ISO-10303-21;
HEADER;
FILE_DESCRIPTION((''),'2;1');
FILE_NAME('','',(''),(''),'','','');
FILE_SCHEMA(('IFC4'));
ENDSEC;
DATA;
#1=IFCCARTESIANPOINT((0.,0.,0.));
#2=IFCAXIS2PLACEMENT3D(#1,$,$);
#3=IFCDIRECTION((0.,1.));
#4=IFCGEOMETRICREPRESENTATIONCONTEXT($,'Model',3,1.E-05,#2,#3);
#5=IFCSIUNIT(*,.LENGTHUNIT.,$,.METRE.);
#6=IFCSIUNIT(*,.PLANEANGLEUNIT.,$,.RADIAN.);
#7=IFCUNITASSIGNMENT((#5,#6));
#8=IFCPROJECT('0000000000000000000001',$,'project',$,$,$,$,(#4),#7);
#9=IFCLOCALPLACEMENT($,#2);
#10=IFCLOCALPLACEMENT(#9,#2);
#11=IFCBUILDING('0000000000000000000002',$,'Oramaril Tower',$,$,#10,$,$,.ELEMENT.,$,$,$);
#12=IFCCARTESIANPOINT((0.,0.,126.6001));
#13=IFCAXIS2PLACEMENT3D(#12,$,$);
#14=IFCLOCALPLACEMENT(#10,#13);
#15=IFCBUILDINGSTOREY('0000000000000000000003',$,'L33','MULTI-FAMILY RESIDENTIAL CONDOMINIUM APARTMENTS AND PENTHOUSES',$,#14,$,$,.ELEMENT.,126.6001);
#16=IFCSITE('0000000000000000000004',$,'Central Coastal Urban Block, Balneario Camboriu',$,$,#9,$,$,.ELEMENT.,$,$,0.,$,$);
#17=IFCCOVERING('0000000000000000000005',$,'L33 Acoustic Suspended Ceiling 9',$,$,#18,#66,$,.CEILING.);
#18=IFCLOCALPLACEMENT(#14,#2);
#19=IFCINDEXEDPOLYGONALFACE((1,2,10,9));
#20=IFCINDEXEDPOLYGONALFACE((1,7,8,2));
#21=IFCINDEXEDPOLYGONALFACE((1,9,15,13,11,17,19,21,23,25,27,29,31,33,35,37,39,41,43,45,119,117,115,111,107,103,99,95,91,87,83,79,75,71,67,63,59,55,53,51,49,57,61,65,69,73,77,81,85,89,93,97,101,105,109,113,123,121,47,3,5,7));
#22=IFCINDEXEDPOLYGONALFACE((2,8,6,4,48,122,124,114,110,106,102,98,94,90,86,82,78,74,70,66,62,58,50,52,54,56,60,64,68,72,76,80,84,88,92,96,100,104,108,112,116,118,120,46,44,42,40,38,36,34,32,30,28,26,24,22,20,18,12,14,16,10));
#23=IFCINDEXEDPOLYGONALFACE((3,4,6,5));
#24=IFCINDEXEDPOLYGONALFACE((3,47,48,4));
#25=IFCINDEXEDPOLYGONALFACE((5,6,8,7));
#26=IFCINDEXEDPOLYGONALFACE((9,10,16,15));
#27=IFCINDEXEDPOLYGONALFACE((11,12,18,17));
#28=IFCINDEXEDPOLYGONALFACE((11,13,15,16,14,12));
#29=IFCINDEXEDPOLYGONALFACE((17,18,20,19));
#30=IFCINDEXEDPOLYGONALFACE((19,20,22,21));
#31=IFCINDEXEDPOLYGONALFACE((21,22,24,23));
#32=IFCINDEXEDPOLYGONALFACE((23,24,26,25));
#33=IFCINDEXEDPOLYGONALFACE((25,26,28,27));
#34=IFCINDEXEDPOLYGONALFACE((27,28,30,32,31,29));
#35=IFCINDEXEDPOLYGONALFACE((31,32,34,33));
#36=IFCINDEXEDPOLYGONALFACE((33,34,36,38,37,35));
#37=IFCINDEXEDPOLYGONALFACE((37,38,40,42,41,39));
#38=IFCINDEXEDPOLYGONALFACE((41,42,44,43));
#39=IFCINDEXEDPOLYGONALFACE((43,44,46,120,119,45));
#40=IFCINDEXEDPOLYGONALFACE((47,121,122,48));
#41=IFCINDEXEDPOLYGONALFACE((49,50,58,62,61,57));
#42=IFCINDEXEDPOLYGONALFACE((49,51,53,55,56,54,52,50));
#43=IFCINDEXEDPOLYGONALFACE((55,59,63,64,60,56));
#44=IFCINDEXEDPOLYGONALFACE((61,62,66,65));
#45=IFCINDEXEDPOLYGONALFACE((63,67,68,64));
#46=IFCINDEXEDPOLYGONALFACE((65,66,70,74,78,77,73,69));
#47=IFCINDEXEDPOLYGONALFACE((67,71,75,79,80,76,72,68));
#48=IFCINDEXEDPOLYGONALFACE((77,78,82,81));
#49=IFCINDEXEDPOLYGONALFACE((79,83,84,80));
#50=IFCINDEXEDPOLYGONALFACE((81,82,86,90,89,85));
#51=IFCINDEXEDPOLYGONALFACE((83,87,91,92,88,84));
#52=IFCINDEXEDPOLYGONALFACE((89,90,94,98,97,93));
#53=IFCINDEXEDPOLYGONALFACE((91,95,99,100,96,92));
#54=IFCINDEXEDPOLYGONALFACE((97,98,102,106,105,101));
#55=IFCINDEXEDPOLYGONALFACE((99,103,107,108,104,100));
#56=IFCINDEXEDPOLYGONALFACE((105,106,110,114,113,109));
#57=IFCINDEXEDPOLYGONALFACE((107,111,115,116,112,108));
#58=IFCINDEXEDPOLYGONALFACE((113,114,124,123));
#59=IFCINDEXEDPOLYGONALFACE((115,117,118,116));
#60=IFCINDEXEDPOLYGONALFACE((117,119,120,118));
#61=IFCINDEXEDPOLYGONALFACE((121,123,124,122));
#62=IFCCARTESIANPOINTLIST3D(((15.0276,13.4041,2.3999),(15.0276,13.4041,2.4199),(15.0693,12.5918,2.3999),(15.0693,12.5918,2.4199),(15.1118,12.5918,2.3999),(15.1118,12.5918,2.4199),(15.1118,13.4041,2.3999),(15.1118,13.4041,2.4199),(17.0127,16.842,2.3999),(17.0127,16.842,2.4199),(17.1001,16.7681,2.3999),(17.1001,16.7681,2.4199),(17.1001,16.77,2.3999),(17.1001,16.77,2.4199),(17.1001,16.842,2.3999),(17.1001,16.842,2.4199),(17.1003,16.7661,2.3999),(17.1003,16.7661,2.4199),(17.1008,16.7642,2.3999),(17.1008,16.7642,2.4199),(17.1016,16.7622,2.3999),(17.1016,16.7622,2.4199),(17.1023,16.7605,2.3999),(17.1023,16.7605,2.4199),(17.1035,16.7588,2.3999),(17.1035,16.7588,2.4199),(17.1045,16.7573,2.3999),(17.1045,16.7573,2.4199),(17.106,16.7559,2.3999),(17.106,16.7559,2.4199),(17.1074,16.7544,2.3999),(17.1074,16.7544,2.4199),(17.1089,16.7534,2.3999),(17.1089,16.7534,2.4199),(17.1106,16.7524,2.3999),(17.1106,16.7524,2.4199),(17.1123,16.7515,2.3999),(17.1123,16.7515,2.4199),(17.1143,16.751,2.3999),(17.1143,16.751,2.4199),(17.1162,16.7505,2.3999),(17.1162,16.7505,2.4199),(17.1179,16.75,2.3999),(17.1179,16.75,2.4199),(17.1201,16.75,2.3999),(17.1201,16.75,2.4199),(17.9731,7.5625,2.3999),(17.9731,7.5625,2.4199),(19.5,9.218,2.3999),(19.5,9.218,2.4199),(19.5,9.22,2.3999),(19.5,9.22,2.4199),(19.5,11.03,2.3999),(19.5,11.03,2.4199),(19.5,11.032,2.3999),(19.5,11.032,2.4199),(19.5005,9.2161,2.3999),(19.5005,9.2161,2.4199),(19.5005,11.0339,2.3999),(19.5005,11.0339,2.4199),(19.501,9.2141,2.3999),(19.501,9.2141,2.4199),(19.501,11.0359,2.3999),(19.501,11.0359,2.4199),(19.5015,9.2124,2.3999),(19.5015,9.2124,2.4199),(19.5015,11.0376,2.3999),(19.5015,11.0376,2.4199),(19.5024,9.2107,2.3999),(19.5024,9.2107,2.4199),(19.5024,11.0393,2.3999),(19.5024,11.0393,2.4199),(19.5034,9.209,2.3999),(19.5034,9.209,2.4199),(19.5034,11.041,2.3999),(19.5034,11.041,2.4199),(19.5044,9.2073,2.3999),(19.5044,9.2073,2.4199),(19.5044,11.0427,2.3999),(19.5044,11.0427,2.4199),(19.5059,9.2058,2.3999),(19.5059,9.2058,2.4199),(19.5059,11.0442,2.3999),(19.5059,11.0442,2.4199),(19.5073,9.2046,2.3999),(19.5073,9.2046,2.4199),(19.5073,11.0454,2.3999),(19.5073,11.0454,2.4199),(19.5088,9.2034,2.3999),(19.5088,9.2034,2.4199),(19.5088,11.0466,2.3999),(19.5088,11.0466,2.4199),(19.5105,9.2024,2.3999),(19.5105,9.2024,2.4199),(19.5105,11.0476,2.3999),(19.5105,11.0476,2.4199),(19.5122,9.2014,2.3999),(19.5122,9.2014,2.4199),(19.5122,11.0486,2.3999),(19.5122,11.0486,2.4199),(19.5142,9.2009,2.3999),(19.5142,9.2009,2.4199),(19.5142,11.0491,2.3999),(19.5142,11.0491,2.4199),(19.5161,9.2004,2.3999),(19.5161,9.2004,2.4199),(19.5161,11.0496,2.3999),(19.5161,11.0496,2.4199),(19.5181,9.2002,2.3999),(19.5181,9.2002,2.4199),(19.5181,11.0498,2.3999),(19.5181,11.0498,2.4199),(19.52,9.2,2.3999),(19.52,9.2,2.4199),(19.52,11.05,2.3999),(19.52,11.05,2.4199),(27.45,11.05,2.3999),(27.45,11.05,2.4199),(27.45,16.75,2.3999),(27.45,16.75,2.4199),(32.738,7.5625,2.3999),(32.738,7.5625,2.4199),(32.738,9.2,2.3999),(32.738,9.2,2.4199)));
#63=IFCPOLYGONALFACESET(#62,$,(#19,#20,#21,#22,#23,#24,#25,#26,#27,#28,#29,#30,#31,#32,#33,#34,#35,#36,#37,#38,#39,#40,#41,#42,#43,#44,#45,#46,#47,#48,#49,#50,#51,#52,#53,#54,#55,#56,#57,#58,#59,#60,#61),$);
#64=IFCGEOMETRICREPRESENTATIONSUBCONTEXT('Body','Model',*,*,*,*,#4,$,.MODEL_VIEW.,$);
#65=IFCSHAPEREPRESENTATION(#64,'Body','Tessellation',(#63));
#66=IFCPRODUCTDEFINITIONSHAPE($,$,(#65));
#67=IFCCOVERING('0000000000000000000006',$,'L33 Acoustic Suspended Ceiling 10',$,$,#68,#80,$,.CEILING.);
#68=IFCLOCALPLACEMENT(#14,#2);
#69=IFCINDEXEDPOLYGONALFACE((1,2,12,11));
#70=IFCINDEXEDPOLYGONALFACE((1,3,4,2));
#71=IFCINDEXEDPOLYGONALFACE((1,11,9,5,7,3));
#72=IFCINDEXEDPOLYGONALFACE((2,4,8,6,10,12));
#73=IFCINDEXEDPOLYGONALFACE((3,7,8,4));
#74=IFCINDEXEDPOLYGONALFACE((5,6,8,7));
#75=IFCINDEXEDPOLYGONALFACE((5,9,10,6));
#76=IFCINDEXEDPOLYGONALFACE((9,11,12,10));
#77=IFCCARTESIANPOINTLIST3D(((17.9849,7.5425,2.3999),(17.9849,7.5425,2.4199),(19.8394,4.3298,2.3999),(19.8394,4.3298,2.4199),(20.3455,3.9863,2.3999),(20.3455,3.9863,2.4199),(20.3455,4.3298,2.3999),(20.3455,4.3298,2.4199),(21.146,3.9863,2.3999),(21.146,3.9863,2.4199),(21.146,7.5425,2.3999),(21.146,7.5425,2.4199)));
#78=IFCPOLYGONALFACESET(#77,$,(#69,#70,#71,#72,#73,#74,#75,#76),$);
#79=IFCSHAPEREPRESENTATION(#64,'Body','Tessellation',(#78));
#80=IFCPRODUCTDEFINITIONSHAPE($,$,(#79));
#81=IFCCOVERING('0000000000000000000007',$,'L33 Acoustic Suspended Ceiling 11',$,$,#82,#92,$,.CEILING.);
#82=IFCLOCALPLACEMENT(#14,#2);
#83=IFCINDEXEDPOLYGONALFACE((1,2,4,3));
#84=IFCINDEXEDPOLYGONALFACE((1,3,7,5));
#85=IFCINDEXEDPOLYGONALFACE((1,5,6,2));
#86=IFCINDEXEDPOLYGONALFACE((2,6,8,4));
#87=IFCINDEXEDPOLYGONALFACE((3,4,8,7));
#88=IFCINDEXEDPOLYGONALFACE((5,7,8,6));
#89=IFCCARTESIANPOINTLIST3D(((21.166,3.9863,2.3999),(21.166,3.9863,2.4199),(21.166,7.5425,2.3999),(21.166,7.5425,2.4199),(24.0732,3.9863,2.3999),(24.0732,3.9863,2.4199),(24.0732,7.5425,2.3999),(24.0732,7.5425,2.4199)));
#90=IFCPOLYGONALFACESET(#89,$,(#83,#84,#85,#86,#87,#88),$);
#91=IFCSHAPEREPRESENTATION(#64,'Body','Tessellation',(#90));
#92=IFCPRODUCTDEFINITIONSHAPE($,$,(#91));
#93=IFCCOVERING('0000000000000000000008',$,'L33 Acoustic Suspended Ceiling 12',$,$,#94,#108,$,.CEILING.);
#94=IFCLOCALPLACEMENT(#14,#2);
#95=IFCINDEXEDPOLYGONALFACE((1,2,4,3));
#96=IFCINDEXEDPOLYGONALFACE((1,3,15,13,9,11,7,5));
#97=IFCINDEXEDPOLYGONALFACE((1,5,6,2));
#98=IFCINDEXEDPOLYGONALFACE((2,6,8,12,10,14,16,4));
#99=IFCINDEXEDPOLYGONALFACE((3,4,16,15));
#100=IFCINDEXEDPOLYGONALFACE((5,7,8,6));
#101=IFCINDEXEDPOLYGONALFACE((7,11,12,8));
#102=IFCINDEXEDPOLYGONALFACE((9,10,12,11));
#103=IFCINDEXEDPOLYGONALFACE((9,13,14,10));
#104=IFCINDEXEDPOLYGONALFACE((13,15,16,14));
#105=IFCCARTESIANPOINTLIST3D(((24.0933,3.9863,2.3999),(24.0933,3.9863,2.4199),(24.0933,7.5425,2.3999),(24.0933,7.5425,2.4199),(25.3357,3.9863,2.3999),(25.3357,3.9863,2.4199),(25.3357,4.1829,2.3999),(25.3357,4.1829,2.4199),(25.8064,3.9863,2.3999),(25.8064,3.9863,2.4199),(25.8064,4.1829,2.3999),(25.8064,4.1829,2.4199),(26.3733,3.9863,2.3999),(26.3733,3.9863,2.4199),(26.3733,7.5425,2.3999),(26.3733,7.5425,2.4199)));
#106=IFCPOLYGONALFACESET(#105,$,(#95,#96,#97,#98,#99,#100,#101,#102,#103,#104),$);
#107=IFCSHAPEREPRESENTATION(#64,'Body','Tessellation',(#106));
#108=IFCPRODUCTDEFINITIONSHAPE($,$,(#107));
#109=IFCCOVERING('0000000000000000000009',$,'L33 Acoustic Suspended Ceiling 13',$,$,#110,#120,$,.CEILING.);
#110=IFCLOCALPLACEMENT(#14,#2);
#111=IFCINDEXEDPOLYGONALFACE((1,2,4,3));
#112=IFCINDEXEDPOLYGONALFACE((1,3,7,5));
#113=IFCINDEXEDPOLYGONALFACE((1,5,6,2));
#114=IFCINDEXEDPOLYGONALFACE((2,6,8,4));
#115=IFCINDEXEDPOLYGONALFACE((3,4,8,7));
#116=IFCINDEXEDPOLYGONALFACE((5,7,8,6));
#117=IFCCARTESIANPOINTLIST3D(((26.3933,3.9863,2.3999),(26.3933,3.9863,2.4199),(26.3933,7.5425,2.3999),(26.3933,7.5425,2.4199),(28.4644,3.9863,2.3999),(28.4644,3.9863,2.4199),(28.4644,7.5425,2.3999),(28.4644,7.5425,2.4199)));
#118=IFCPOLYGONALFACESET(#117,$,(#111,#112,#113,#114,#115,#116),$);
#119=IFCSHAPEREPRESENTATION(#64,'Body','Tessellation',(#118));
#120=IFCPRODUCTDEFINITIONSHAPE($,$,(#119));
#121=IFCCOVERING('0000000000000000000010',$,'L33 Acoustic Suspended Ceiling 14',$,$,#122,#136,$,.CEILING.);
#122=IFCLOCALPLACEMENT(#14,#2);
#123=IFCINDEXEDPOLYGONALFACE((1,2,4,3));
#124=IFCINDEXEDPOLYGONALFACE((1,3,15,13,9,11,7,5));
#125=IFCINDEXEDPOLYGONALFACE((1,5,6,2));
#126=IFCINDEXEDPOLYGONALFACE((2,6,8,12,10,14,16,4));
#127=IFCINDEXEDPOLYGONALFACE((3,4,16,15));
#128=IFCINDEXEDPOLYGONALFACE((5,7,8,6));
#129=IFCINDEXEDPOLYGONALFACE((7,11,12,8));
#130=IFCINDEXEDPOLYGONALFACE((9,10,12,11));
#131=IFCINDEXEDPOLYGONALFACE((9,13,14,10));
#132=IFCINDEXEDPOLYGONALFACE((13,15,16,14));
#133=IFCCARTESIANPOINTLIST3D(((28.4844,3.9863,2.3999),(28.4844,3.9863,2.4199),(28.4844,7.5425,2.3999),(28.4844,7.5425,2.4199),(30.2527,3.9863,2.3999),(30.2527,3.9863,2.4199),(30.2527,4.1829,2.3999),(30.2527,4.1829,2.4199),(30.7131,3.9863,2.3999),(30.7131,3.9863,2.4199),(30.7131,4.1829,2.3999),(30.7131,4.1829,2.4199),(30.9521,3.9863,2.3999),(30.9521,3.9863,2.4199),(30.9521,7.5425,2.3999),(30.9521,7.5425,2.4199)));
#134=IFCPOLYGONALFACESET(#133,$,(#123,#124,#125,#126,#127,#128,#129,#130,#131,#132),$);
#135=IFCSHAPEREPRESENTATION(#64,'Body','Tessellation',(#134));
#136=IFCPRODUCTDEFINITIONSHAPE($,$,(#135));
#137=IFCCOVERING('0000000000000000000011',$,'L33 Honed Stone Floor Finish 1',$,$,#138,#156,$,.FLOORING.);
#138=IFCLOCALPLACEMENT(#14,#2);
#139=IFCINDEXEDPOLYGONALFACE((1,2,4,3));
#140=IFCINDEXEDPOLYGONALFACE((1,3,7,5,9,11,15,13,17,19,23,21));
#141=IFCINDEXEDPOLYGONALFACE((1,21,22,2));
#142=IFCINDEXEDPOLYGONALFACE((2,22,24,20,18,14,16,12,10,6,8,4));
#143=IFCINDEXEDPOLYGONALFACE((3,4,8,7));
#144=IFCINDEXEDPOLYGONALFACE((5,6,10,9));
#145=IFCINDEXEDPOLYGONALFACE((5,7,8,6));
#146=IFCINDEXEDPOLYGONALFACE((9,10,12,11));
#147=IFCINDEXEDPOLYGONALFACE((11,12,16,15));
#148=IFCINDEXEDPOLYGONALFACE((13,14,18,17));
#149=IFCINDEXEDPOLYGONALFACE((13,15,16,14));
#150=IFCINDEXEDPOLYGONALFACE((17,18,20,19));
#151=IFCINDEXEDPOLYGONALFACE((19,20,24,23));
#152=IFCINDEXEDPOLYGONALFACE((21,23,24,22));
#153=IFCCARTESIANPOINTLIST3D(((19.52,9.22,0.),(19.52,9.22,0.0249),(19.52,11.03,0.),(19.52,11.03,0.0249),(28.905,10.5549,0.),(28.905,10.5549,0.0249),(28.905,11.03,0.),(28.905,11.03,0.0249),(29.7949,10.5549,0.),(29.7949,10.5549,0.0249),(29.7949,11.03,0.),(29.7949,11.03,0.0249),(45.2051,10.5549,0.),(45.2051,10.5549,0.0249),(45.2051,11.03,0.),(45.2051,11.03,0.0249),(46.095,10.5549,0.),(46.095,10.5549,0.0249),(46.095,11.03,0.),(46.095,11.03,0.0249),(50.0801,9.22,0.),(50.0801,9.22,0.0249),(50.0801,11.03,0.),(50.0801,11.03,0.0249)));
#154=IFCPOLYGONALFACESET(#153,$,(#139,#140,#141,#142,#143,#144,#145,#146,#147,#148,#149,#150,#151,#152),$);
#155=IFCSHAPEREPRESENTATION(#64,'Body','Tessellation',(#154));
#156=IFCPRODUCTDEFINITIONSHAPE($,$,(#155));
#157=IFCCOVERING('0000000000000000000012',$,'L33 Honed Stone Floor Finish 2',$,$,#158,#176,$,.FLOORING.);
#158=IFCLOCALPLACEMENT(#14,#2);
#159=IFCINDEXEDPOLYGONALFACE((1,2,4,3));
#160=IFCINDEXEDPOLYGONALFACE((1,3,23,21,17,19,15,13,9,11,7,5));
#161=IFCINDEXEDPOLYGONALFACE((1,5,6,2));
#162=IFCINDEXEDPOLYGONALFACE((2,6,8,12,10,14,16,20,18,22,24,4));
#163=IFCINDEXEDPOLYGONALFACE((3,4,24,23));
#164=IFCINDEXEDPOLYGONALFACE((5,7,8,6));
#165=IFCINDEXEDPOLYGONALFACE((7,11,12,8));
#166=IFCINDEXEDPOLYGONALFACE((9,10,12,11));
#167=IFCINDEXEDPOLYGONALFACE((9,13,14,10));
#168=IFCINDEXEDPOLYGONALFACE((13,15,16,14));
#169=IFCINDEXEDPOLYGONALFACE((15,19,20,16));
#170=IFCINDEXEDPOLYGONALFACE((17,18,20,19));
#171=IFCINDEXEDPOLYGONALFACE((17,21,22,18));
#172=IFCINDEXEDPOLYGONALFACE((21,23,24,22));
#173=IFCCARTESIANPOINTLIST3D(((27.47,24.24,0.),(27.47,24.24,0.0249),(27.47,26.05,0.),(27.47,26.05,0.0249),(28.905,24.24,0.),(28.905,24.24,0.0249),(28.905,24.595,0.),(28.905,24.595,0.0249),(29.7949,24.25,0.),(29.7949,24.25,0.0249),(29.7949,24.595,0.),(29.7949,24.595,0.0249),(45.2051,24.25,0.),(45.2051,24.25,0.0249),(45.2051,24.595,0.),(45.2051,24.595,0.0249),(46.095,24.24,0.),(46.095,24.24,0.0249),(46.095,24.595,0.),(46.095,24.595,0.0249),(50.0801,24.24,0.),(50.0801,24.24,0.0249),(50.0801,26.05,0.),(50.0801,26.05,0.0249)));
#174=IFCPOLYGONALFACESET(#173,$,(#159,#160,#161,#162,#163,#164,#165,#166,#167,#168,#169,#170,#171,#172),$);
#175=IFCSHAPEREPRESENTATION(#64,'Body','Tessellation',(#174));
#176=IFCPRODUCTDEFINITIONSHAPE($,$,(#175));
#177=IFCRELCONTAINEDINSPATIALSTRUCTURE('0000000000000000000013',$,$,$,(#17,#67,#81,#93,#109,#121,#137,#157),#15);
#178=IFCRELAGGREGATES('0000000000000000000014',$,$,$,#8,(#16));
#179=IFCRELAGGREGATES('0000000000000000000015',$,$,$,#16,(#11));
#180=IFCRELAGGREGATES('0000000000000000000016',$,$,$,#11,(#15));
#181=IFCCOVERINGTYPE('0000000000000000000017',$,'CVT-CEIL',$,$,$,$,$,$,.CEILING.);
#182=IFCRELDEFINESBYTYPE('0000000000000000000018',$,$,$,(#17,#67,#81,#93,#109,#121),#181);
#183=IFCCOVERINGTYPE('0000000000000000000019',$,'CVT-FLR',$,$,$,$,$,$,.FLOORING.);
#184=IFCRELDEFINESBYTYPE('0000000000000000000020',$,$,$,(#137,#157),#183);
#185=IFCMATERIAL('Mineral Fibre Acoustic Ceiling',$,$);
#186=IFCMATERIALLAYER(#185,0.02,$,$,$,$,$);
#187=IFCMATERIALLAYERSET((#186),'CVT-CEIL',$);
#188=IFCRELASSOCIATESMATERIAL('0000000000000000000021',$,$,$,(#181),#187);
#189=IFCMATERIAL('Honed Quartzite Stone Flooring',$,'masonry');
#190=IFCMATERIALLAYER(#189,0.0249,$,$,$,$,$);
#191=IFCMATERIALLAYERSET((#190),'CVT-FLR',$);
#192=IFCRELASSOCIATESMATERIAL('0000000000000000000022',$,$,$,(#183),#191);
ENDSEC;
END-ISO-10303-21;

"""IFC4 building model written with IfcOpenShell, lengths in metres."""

from ifc_helpers import new_model, si_unit, direction, frame, origin, place, context, subcontext, project, spatial, polyline, outline, extrude, material, layer, layer_set, type_object, element, save


model = new_model("IFC4")

# Units and contexts
model_context = context("Model", 3, precision=1e-05, world=origin(), true_north=direction((0.0, 1.0)))
body_context = subcontext(model_context, "Body", "Model", "MODEL_VIEW")
ifc_project = project(units=[si_unit("LENGTHUNIT", "METRE"), si_unit("PLANEANGLEUNIT", "RADIAN")], contexts=[model_context])

# Site, building, storey
site_placement = place(None, origin())
site = spatial("IfcSite", under=ifc_project, at=site_placement, Name="Central Coastal Urban Block, Balneario Camboriu", CompositionType="ELEMENT", RefElevation=0.0)
building_placement = place(site_placement, origin())
building = spatial("IfcBuilding", under=site, at=building_placement, Name="Oramaril Tower", CompositionType="ELEMENT")
storey_placement = place(building_placement, frame((0.0, 0.0, 126.6001)))
storey = spatial("IfcBuildingStorey", under=building, at=storey_placement, Name="L33", Description="MULTI-FAMILY RESIDENTIAL CONDOMINIUM APARTMENTS AND PENTHOUSES", CompositionType="ELEMENT", Elevation=126.6001)

# Coverings
ifc_material_1 = material(Name="Mineral Fibre Acoustic Ceiling")
ifc_layer_1 = layer(ifc_material_1, 0.02)
ifc_layer_set_1 = layer_set([ifc_layer_1], Name="CVT-CEIL")
covering_type_1 = type_object("IfcCoveringType", Name="CVT-CEIL", PredefinedType="CEILING", material=ifc_layer_set_1)
covering_1_placement = place(storey_placement, frame((0.0, 0.0, 2.3999)))
element("IfcCovering", 1, at=covering_1_placement, inside=storey, type_object=covering_type_1, Name="L33 Acoustic Suspended Ceiling 9", PredefinedType="CEILING", context=body_context, shape_type="SweptSolid", body=[
    extrude(outline(polyline([(17.1001, 16.842), (17.1001, 16.77), (17.1001, 16.7681), (17.1003, 16.7661), (17.1008, 16.7642), (17.1016, 16.7622), (17.1023, 16.7605), (17.1035, 16.7588), (17.1045, 16.7573), (17.106, 16.7559), (17.1074, 16.7544), (17.1089, 16.7534), (17.1106, 16.7524), (17.1123, 16.7515), (17.1143, 16.751), (17.1162, 16.7505), (17.1179, 16.75), (17.1201, 16.75), (27.45, 16.75), (27.45, 11.05), (19.52, 11.05), (19.5181, 11.0498), (19.5161, 11.0496), (19.5142, 11.0491), (19.5122, 11.0486), (19.5105, 11.0476), (19.5088, 11.0466), (19.5073, 11.0454), (19.5059, 11.0442), (19.5044, 11.0427), (19.5034, 11.041), (19.5024, 11.0393), (19.5015, 11.0376), (19.501, 11.0359), (19.5005, 11.0339), (19.5, 11.032), (19.5, 11.03), (19.5, 9.22), (19.5, 9.218), (19.5005, 9.2161), (19.501, 9.2141), (19.5015, 9.2124), (19.5024, 9.2107), (19.5034, 9.209), (19.5044, 9.2073), (19.5059, 9.2058), (19.5073, 9.2046), (19.5088, 9.2034), (19.5105, 9.2024), (19.5122, 9.2014), (19.5142, 9.2009), (19.5161, 9.2004), (19.5181, 9.2002), (19.52, 9.2), (32.738, 9.2), (32.738, 7.5625), (17.9731, 7.5625), (15.0693, 12.5918), (15.1118, 12.5918), (15.1118, 13.4041), (15.0276, 13.4041), (17.0127, 16.842), (17.1001, 16.842)])), origin(), (0.0, 0.0, 1.0), 0.02),
])
covering_2_placement = place(storey_placement, frame((0.0, 0.0, 2.3999)))
element("IfcCovering", 2, at=covering_2_placement, inside=storey, type_object=covering_type_1, Name="L33 Acoustic Suspended Ceiling 10", PredefinedType="CEILING", context=body_context, shape_type="SweptSolid", body=[
    extrude(outline(polyline([(20.3455, 3.9863), (20.3455, 4.3298), (19.8394, 4.3298), (17.9849, 7.5425), (21.146, 7.5425), (21.146, 3.9863), (20.3455, 3.9863)])), origin(), (0.0, 0.0, 1.0), 0.02),
])
covering_3_placement = place(storey_placement, frame((0.0, 0.0, 2.3999)))
element("IfcCovering", 3, at=covering_3_placement, inside=storey, type_object=covering_type_1, Name="L33 Acoustic Suspended Ceiling 11", PredefinedType="CEILING", context=body_context, shape_type="SweptSolid", body=[
    extrude(outline(polyline([(21.166, 3.9863), (21.166, 7.5425), (24.0732, 7.5425), (24.0732, 3.9863), (21.166, 3.9863)])), origin(), (0.0, 0.0, 1.0), 0.02),
])
covering_4_placement = place(storey_placement, frame((0.0, 0.0, 2.3999)))
element("IfcCovering", 4, at=covering_4_placement, inside=storey, type_object=covering_type_1, Name="L33 Acoustic Suspended Ceiling 12", PredefinedType="CEILING", context=body_context, shape_type="SweptSolid", body=[
    extrude(outline(polyline([(25.8064, 3.9863), (25.8064, 4.1829), (25.3357, 4.1829), (25.3357, 3.9863), (24.0933, 3.9863), (24.0933, 7.5425), (26.3733, 7.5425), (26.3733, 3.9863), (25.8064, 3.9863)])), origin(), (0.0, 0.0, 1.0), 0.02),
])
covering_5_placement = place(storey_placement, frame((0.0, 0.0, 2.3999)))
element("IfcCovering", 5, at=covering_5_placement, inside=storey, type_object=covering_type_1, Name="L33 Acoustic Suspended Ceiling 13", PredefinedType="CEILING", context=body_context, shape_type="SweptSolid", body=[
    extrude(outline(polyline([(26.3933, 3.9863), (26.3933, 7.5425), (28.4644, 7.5425), (28.4644, 3.9863), (26.3933, 3.9863)])), origin(), (0.0, 0.0, 1.0), 0.02),
])
covering_6_placement = place(storey_placement, frame((0.0, 0.0, 2.3999)))
element("IfcCovering", 6, at=covering_6_placement, inside=storey, type_object=covering_type_1, Name="L33 Acoustic Suspended Ceiling 14", PredefinedType="CEILING", context=body_context, shape_type="SweptSolid", body=[
    extrude(outline(polyline([(30.7131, 3.9863), (30.7131, 4.1829), (30.2527, 4.1829), (30.2527, 3.9863), (28.4844, 3.9863), (28.4844, 7.5425), (30.9521, 7.5425), (30.9521, 3.9863), (30.7131, 3.9863)])), origin(), (0.0, 0.0, 1.0), 0.02),
])
ifc_material_2 = material(Name="Honed Quartzite Stone Flooring", Category="masonry")
ifc_layer_2 = layer(ifc_material_2, 0.0249)
ifc_layer_set_2 = layer_set([ifc_layer_2], Name="CVT-FLR")
covering_type_2 = type_object("IfcCoveringType", Name="CVT-FLR", PredefinedType="FLOORING", material=ifc_layer_set_2)
covering_7_placement = place(storey_placement, origin())
element("IfcCovering", 7, at=covering_7_placement, inside=storey, type_object=covering_type_2, Name="L33 Honed Stone Floor Finish 1", PredefinedType="FLOORING", context=body_context, shape_type="SweptSolid", body=[
    extrude(outline(polyline([(28.905, 10.5549), (29.7949, 10.5549), (29.7949, 11.03), (45.2051, 11.03), (45.2051, 10.5549), (46.095, 10.5549), (46.095, 11.03), (50.0801, 11.03), (50.0801, 9.22), (19.52, 9.22), (19.52, 11.03), (28.905, 11.03), (28.905, 10.5549)])), origin(), (0.0, 0.0, 1.0), 0.0249),
])
covering_8_placement = place(storey_placement, origin())
element("IfcCovering", 8, at=covering_8_placement, inside=storey, type_object=covering_type_2, Name="L33 Honed Stone Floor Finish 2", PredefinedType="FLOORING", context=body_context, shape_type="SweptSolid", body=[
    extrude(outline(polyline([(50.0801, 24.24), (46.095, 24.24), (46.095, 24.595), (45.2051, 24.595), (45.2051, 24.25), (29.7949, 24.25), (29.7949, 24.595), (28.905, 24.595), (28.905, 24.24), (27.47, 24.24), (27.47, 26.05), (50.0801, 26.05), (50.0801, 24.24)])), origin(), (0.0, 0.0, 1.0), 0.0249),
])

save(model, "model.ifc")
